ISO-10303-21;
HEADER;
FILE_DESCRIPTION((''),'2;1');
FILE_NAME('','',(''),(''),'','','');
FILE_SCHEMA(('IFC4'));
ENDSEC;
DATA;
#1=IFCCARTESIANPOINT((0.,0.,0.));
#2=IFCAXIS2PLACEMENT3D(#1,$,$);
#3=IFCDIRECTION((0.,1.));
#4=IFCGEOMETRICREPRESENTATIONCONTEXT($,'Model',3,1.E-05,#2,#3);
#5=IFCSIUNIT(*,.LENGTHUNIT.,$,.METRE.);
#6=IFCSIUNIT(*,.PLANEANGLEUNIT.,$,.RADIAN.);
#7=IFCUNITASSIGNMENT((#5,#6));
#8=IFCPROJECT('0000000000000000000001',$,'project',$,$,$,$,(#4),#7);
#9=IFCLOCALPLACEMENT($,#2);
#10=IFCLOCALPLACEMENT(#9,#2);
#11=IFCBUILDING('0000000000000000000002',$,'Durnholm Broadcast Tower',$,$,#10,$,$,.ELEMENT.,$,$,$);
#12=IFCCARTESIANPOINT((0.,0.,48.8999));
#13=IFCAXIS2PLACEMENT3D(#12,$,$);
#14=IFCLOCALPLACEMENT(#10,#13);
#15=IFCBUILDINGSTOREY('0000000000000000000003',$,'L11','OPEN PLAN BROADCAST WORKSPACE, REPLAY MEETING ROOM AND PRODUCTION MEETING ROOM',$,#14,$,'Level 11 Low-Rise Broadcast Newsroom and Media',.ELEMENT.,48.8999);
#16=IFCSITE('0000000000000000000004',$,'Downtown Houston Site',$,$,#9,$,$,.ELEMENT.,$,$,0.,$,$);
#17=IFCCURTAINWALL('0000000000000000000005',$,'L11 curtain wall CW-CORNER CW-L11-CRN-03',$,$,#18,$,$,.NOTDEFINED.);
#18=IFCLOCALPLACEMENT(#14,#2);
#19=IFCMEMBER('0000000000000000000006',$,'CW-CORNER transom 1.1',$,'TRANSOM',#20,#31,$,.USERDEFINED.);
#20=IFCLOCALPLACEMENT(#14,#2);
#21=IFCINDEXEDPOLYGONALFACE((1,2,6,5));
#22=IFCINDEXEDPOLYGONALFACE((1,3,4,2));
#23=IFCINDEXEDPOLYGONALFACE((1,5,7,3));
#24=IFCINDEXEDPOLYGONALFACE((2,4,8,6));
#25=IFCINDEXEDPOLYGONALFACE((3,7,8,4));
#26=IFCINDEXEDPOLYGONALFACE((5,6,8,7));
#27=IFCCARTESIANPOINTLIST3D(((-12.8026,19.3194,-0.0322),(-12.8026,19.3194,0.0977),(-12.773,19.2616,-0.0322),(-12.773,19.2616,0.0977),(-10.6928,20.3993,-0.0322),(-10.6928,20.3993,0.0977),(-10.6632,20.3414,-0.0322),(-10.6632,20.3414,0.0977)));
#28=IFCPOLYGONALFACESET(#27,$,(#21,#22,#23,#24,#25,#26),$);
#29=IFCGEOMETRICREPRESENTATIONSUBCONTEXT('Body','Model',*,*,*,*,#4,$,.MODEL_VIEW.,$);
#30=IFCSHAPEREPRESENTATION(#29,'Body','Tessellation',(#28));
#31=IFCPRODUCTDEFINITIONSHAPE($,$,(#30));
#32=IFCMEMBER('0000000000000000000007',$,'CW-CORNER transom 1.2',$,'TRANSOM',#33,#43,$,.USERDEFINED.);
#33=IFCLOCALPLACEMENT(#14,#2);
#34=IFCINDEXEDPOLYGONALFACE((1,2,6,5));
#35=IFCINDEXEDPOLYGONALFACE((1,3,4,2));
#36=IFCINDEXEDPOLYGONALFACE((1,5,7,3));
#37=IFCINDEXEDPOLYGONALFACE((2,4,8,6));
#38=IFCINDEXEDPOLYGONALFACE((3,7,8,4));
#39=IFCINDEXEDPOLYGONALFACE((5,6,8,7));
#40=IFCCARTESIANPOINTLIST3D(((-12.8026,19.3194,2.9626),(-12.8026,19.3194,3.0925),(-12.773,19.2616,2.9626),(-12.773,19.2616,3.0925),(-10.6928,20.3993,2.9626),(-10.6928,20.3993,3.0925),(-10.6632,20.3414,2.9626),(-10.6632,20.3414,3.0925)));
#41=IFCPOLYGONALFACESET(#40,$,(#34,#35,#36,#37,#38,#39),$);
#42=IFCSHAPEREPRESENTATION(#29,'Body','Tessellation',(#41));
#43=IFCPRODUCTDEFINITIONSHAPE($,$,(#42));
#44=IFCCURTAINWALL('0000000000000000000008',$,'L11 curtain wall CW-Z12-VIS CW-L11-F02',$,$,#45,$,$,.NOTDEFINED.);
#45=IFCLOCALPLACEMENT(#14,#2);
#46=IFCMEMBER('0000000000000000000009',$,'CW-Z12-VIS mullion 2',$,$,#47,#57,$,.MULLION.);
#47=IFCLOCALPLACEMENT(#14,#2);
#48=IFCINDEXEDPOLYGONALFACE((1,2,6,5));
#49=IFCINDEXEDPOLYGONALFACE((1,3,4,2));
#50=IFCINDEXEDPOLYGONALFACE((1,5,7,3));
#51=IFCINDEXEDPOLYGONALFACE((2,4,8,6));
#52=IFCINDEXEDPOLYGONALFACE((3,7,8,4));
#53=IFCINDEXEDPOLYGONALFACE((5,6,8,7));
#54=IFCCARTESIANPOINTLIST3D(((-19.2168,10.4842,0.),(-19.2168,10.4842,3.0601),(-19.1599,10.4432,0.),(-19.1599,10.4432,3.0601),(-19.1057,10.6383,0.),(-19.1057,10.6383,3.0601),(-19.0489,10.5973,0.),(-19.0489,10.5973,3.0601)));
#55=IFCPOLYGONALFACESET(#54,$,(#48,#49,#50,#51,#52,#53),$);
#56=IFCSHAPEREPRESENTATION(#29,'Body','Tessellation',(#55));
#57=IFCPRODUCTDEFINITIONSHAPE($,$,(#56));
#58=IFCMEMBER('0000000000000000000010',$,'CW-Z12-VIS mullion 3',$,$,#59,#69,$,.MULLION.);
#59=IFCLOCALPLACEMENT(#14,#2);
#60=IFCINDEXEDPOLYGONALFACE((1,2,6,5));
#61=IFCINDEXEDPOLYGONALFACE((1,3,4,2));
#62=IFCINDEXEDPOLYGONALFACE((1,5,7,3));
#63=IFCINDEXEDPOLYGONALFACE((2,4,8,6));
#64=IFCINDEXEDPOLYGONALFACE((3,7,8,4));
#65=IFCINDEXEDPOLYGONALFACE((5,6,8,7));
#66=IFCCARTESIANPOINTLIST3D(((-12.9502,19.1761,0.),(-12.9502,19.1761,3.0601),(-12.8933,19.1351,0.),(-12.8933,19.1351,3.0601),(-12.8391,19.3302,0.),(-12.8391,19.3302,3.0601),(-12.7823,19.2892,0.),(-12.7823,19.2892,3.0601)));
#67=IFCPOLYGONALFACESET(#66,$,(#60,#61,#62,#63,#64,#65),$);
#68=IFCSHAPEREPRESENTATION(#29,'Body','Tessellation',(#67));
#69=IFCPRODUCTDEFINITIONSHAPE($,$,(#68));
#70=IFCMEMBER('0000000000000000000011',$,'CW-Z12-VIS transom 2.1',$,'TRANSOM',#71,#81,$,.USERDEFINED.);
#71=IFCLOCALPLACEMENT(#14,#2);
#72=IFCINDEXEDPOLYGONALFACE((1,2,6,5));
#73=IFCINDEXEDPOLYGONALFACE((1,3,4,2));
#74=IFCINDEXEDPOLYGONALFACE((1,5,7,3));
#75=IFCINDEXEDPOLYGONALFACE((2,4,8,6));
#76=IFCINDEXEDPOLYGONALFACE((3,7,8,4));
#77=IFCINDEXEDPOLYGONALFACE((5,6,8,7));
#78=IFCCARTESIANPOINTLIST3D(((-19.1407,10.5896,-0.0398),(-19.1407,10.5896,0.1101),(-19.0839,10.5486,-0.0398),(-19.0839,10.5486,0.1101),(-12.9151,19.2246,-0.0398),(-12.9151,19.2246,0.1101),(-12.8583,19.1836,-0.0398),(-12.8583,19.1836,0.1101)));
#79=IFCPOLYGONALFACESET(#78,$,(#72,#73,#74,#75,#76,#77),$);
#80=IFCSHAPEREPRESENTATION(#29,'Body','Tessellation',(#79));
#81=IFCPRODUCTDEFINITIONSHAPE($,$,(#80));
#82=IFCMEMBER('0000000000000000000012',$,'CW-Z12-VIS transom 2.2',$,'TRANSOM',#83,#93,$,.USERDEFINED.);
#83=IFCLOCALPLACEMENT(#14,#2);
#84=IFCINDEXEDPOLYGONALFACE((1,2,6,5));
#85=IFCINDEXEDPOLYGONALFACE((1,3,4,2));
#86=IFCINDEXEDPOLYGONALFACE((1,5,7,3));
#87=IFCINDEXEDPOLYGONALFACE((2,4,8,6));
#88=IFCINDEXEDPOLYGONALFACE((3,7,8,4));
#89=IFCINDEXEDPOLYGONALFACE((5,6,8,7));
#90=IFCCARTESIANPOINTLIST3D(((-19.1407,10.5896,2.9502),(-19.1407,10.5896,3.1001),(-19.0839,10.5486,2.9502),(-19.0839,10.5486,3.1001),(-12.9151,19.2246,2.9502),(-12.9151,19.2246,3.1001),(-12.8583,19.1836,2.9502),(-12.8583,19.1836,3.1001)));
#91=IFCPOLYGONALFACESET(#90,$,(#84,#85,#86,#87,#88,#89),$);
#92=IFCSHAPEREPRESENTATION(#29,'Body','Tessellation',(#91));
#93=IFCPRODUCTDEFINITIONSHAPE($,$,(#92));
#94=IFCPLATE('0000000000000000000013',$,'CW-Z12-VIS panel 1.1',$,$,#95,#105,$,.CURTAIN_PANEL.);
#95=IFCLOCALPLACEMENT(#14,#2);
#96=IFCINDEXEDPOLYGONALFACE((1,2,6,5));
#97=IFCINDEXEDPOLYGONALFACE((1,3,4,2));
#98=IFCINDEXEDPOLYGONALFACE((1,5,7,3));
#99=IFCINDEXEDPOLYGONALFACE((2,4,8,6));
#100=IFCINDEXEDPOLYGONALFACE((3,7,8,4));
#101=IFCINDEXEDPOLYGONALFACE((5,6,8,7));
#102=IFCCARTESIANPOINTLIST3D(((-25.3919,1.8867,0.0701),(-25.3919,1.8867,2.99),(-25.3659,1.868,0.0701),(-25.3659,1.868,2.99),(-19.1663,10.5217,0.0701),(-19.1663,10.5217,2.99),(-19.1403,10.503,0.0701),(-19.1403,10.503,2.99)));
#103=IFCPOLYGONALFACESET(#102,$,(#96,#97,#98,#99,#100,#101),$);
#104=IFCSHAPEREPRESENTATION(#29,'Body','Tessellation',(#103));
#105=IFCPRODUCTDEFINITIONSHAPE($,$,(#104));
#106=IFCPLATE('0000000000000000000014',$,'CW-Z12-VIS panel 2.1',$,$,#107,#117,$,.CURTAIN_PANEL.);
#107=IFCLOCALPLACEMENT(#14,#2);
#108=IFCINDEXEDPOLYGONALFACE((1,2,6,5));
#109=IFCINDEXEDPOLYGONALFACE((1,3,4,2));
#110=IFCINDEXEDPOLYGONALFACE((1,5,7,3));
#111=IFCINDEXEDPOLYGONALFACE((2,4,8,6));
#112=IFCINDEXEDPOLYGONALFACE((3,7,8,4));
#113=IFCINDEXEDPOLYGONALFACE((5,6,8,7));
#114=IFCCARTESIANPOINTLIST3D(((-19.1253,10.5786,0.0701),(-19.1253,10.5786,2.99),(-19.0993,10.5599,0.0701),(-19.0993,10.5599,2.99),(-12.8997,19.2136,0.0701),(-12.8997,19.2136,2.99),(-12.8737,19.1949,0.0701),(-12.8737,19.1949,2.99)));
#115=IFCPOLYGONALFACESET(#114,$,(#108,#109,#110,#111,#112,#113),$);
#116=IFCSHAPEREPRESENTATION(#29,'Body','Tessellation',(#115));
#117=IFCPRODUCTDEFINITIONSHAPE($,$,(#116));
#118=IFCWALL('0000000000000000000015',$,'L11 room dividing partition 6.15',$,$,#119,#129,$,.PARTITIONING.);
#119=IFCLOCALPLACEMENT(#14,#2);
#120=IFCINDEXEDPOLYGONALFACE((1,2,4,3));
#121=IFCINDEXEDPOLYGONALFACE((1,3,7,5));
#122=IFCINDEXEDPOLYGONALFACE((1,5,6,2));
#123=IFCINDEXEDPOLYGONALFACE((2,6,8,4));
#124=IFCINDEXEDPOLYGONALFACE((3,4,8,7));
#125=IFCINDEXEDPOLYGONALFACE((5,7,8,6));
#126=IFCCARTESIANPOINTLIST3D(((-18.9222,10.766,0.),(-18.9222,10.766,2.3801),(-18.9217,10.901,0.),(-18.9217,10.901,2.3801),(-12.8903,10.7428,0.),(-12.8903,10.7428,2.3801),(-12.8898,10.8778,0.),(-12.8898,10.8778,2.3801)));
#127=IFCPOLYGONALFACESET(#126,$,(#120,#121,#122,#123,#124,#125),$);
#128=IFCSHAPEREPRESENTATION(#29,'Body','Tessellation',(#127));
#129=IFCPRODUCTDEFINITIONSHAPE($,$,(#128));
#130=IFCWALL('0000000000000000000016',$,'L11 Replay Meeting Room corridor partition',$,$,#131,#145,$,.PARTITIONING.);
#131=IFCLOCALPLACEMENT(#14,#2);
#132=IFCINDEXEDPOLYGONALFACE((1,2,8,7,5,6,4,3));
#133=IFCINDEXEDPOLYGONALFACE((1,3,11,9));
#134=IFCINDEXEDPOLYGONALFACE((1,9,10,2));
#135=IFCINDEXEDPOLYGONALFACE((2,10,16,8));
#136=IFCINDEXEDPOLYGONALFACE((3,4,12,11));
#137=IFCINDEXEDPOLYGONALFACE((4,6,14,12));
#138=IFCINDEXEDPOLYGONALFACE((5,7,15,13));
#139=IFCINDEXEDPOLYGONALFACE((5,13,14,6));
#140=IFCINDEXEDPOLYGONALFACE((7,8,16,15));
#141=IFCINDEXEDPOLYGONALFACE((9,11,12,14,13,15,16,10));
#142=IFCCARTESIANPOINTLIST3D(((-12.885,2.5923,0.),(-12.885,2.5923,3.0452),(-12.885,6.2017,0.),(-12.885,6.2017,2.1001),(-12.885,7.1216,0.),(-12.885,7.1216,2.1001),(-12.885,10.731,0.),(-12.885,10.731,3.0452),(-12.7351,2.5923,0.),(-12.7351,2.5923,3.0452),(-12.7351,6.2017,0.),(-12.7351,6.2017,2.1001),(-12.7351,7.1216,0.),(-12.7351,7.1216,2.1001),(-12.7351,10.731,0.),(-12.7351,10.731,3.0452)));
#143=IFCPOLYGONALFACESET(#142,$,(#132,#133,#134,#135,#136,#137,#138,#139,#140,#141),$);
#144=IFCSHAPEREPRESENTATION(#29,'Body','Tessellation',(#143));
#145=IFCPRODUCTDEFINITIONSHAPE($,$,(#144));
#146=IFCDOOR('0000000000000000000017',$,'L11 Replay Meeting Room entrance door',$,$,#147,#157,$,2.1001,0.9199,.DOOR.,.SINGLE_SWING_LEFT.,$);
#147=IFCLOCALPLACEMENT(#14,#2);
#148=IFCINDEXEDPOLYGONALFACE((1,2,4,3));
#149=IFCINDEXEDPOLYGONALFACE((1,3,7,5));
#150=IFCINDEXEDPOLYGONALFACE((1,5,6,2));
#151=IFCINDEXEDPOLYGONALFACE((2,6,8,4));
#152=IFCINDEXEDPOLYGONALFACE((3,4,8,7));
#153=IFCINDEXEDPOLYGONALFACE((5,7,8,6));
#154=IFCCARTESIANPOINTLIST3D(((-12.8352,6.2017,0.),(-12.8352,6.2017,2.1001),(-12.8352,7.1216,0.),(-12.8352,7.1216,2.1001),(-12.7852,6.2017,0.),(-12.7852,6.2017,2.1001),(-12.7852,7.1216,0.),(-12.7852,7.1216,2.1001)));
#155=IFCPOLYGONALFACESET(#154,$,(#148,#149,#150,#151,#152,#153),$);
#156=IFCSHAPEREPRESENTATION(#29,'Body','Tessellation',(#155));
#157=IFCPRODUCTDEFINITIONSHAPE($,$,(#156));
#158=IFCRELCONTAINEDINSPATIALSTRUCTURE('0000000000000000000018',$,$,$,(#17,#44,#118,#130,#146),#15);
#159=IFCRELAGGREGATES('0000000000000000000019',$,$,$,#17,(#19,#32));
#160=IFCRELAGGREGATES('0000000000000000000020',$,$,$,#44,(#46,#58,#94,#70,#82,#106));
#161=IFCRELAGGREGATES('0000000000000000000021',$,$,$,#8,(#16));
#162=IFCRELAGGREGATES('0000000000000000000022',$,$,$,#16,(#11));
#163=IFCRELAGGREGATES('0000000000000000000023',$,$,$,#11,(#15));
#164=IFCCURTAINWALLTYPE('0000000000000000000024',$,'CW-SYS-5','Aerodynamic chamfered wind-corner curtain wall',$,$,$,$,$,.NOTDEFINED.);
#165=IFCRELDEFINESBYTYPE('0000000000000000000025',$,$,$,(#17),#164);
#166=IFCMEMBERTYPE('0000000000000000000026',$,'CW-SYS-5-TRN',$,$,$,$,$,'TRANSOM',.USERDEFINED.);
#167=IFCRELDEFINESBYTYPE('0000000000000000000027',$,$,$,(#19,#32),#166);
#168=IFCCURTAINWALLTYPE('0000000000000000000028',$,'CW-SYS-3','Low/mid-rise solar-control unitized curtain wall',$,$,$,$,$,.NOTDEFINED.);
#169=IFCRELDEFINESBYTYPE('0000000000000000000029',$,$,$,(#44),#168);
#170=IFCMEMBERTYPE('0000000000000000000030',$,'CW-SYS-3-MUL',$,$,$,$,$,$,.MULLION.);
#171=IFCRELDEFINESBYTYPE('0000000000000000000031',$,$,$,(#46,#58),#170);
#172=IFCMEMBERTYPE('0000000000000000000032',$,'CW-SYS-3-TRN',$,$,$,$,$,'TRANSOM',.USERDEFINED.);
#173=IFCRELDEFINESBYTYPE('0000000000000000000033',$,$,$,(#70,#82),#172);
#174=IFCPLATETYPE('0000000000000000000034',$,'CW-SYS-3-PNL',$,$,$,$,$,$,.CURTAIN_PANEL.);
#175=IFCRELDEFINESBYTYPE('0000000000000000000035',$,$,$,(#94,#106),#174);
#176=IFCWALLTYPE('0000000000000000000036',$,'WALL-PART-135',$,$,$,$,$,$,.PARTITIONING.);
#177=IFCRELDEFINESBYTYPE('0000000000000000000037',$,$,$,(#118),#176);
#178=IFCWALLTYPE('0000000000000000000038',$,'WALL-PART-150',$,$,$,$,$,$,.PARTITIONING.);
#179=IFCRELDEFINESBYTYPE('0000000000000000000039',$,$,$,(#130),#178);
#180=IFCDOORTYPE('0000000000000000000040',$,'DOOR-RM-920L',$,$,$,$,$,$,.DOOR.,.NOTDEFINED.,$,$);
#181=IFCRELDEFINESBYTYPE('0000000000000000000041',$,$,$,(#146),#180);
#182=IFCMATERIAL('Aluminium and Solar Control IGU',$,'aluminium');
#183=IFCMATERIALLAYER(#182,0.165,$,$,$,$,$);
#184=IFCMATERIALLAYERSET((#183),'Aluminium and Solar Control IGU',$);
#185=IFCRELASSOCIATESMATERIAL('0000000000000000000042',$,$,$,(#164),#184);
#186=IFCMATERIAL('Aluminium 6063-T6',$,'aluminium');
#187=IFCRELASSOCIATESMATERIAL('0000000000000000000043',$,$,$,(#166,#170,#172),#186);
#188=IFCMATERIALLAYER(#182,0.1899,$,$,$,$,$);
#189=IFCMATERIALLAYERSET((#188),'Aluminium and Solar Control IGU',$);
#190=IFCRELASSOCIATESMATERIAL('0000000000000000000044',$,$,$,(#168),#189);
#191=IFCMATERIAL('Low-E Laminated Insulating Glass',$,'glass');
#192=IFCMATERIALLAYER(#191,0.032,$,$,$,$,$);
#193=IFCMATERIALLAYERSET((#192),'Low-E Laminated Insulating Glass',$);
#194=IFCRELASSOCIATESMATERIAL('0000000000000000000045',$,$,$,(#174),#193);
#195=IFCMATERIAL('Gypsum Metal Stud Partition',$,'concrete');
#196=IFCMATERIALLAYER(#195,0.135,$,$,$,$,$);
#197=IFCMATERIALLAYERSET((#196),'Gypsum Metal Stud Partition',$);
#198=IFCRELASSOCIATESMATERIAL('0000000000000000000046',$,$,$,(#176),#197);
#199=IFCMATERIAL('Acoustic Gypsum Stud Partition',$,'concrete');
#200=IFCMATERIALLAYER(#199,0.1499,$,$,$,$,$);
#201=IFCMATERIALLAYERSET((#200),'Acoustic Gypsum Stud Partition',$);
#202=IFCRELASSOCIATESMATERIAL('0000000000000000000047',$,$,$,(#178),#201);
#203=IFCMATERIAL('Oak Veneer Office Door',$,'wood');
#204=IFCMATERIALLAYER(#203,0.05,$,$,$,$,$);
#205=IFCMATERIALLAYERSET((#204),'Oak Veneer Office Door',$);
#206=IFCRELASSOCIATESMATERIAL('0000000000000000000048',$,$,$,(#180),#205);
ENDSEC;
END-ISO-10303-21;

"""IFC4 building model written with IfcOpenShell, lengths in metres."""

from ifc_helpers import new_model, si_unit, direction, frame, frame_2d, origin, origin_2d, place, context, subcontext, project, spatial, rectangle, extrude, source, transform, mapped, material, layer, layer_set, material_profile, profile_set, type_object, type_shapes, element, fill, aggregate, save


model = new_model("IFC4")

# Units and contexts
model_context = context("Model", 3, precision=1e-05, world=origin(), true_north=direction((0.0, 1.0)))
body_context = subcontext(model_context, "Body", "Model", "MODEL_VIEW")
ifc_project = project(units=[si_unit("LENGTHUNIT", "METRE"), si_unit("PLANEANGLEUNIT", "RADIAN")], contexts=[model_context])

# Site, building, storey
site_placement = place(None, origin())
site = spatial("IfcSite", under=ifc_project, at=site_placement, Name="Downtown Houston Site", CompositionType="ELEMENT", RefElevation=0.0)
building_placement = place(site_placement, origin())
building = spatial("IfcBuilding", under=site, at=building_placement, Name="Durnholm Broadcast Tower", CompositionType="ELEMENT")
storey_placement = place(building_placement, frame((0.0, 0.0, 48.8999)))
storey = spatial("IfcBuildingStorey", under=building, at=storey_placement, Name="L11", Description="OPEN PLAN BROADCAST WORKSPACE, REPLAY MEETING ROOM AND PRODUCTION MEETING ROOM", LongName="Level 11 Low-Rise Broadcast Newsroom and Media", CompositionType="ELEMENT", Elevation=48.8999)

# Curtain wall, members
ifc_material_1 = material(Name="Aluminium and Solar Control IGU", Category="aluminium")
ifc_layer_1 = layer(ifc_material_1, 0.165)
ifc_layer_set_1 = layer_set([ifc_layer_1], Name="Aluminium and Solar Control IGU")
curtain_wall_type_1 = type_object("IfcCurtainWallType", Name="CW-SYS-5", Description="Aerodynamic chamfered wind-corner curtain wall", PredefinedType="NOTDEFINED", material=ifc_layer_set_1)
curtain_wall_1_placement = place(storey_placement, origin())
curtain_wall_1 = element("IfcCurtainWall", 1, at=curtain_wall_1_placement, inside=storey, type_object=curtain_wall_type_1, Name="L11 curtain wall CW-CORNER CW-L11-CRN-03", PredefinedType="NOTDEFINED")
ifc_material_2 = material(Name="Aluminium 6063-T6", Category="aluminium")
ifc_material_profile_1 = material_profile(ifc_material_2, rectangle(XDim=0.0649, YDim=0.1299, at=origin_2d()), Name="CWT65X130")
ifc_profile_set_1 = profile_set([ifc_material_profile_1], Name="Aluminium 6063-T6")
member_type_1 = type_object("IfcMemberType", Name="CW-SYS-5-TRN", ElementType="TRANSOM", PredefinedType="USERDEFINED", material=ifc_profile_set_1)
shared_shape_1 = source(origin(), body_context, "Body", "SweptSolid", [
    extrude(rectangle(XDim=0.0649, YDim=0.1299, at=origin_2d()), origin(), (0.0, 0.0, 1.0), 2.3701),
])
type_shapes(member_type_1, [shared_shape_1])
member_1_placement = place(storey_placement, frame((-12.7878, 19.2905, 0.0327), z_axis=(0.890185, 0.455599, 0.0), x_axis=(-0.455599, 0.890185, 0.0)))
member_1 = element("IfcMember", 2, at=member_1_placement, type_object=member_type_1, Name="CW-CORNER transom 1.1", ObjectType="TRANSOM", PredefinedType="USERDEFINED", context=body_context, shape_type="MappedRepresentation", body=[
    mapped(shared_shape_1, transform((0.0, 0.0, 0.0), x_axis=(1.0, 0.0, 0.0), y_axis=(0.0, 1.0, 0.0), z_axis=(0.0, 0.0, 1.0), scale=1.0)),
])
member_2_placement = place(storey_placement, frame((-12.7878, 19.2905, 3.0276), z_axis=(0.890185, 0.455599, 0.0), x_axis=(-0.455599, 0.890185, 0.0)))
member_2 = element("IfcMember", 3, at=member_2_placement, type_object=member_type_1, Name="CW-CORNER transom 1.2", ObjectType="TRANSOM", PredefinedType="USERDEFINED", context=body_context, shape_type="MappedRepresentation", body=[
    mapped(shared_shape_1, transform((0.0, 0.0, 0.0), x_axis=(1.0, 0.0, 0.0), y_axis=(0.0, 1.0, 0.0), z_axis=(0.0, 0.0, 1.0), scale=1.0)),
])
aggregate(curtain_wall_1, [member_1, member_2])

# Curtain wall, members, plates
ifc_layer_2 = layer(ifc_material_1, 0.1899)
ifc_layer_set_2 = layer_set([ifc_layer_2], Name="Aluminium and Solar Control IGU")
curtain_wall_type_2 = type_object("IfcCurtainWallType", Name="CW-SYS-3", Description="Low/mid-rise solar-control unitized curtain wall", PredefinedType="NOTDEFINED", material=ifc_layer_set_2)
curtain_wall_2_placement = place(storey_placement, origin())
curtain_wall_2 = element("IfcCurtainWall", 4, at=curtain_wall_2_placement, inside=storey, type_object=curtain_wall_type_2, Name="L11 curtain wall CW-Z12-VIS CW-L11-F02", PredefinedType="NOTDEFINED")
ifc_material_profile_2 = material_profile(ifc_material_2, rectangle(XDim=0.0701, YDim=0.1899, at=origin_2d()), Name="CWM70X190")
ifc_profile_set_2 = profile_set([ifc_material_profile_2], Name="Aluminium 6063-T6")
member_type_2 = type_object("IfcMemberType", Name="CW-SYS-3-MUL", PredefinedType="MULLION", material=ifc_profile_set_2)
shared_shape_2 = source(origin(), body_context, "Body", "SweptSolid", [
    extrude(rectangle(XDim=0.0701, YDim=0.1899, at=origin_2d()), origin(), (0.0, 0.0, 1.0), 3.0601),
])
type_shapes(member_type_2, [shared_shape_2])
member_3_placement = place(storey_placement, frame((-19.1328, 10.5408, 0.0), z_axis=(0.0, 0.0, 1.0), x_axis=(-0.811161, 0.584823, 0.0)))
member_3 = element("IfcMember", 5, at=member_3_placement, type_object=member_type_2, Name="CW-Z12-VIS mullion 2", PredefinedType="MULLION", context=body_context, shape_type="MappedRepresentation", body=[
    mapped(shared_shape_2, transform((0.0, 0.0, 0.0), x_axis=(1.0, 0.0, 0.0), y_axis=(0.0, 1.0, 0.0), z_axis=(0.0, 0.0, 1.0), scale=1.0)),
])
member_4_placement = place(storey_placement, frame((-12.8662, 19.2327, 0.0), z_axis=(0.0, 0.0, 1.0), x_axis=(-0.811161, 0.584823, 0.0)))
member_4 = element("IfcMember", 6, at=member_4_placement, type_object=member_type_2, Name="CW-Z12-VIS mullion 3", PredefinedType="MULLION", context=body_context, shape_type="MappedRepresentation", body=[
    mapped(shared_shape_2, transform((0.0, 0.0, 0.0), x_axis=(1.0, 0.0, 0.0), y_axis=(0.0, 1.0, 0.0), z_axis=(0.0, 0.0, 1.0), scale=1.0)),
])
ifc_material_profile_3 = material_profile(ifc_material_2, rectangle(XDim=0.0701, YDim=0.1499, at=origin_2d()), Name="CWT70X150")
ifc_profile_set_3 = profile_set([ifc_material_profile_3], Name="Aluminium 6063-T6")
member_type_3 = type_object("IfcMemberType", Name="CW-SYS-3-TRN", ElementType="TRANSOM", PredefinedType="USERDEFINED", material=ifc_profile_set_3)
shared_shape_3 = source(origin(), body_context, "Body", "SweptSolid", [
    extrude(rectangle(XDim=0.0701, YDim=0.1499, at=origin_2d()), origin(), (0.0, 0.0, 1.0), 10.6453),
])
type_shapes(member_type_3, [shared_shape_3])
member_5_placement = place(storey_placement, frame((-19.1123, 10.5691, 0.0352), z_axis=(0.584823, 0.811161, 0.0), x_axis=(-0.811161, 0.584823, 0.0)))
member_5 = element("IfcMember", 7, at=member_5_placement, type_object=member_type_3, Name="CW-Z12-VIS transom 2.1", ObjectType="TRANSOM", PredefinedType="USERDEFINED", context=body_context, shape_type="MappedRepresentation", body=[
    mapped(shared_shape_3, transform((0.0, 0.0, 0.0), x_axis=(1.0, 0.0, 0.0), y_axis=(0.0, 1.0, 0.0), z_axis=(0.0, 0.0, 1.0), scale=1.0)),
])
member_6_placement = place(storey_placement, frame((-19.1123, 10.5691, 3.0251), z_axis=(0.584823, 0.811161, 0.0), x_axis=(-0.811161, 0.584823, 0.0)))
member_6 = element("IfcMember", 8, at=member_6_placement, type_object=member_type_3, Name="CW-Z12-VIS transom 2.2", ObjectType="TRANSOM", PredefinedType="USERDEFINED", context=body_context, shape_type="MappedRepresentation", body=[
    mapped(shared_shape_3, transform((0.0, 0.0, 0.0), x_axis=(1.0, 0.0, 0.0), y_axis=(0.0, 1.0, 0.0), z_axis=(0.0, 0.0, 1.0), scale=1.0)),
])
ifc_material_3 = material(Name="Low-E Laminated Insulating Glass", Category="glass")
ifc_layer_3 = layer(ifc_material_3, 0.032)
ifc_layer_set_3 = layer_set([ifc_layer_3], Name="Low-E Laminated Insulating Glass")
plate_type = type_object("IfcPlateType", Name="CW-SYS-3-PNL", PredefinedType="CURTAIN_PANEL", material=ifc_layer_set_3)
shared_shape_4 = source(origin(), body_context, "Body", "SweptSolid", [
    extrude(rectangle(XDim=10.6453, YDim=0.032, at=origin_2d()), origin(), (0.0, 0.0, 1.0), 2.9199),
])
type_shapes(plate_type, [shared_shape_4])
plate_1_placement = place(storey_placement, frame((-22.2661, 6.1948, 0.0701), z_axis=(0.0, 0.0, 1.0), x_axis=(0.584823, 0.811161, 0.0)))
plate_1 = element("IfcPlate", 9, at=plate_1_placement, type_object=plate_type, Name="CW-Z12-VIS panel 1.1", PredefinedType="CURTAIN_PANEL", context=body_context, shape_type="MappedRepresentation", body=[
    mapped(shared_shape_4, transform((0.0, 0.0, 0.0), x_axis=(1.0, 0.0, 0.0), y_axis=(0.0, 1.0, 0.0), z_axis=(0.0, 0.0, 1.0), scale=1.0)),
])
plate_2_placement = place(storey_placement, frame((-15.9995, 14.8867, 0.0701), z_axis=(0.0, 0.0, 1.0), x_axis=(0.584823, 0.811161, 0.0)))
plate_2 = element("IfcPlate", 10, at=plate_2_placement, type_object=plate_type, Name="CW-Z12-VIS panel 2.1", PredefinedType="CURTAIN_PANEL", context=body_context, shape_type="MappedRepresentation", body=[
    mapped(shared_shape_4, transform((0.0, 0.0, 0.0), x_axis=(1.0, 0.0, 0.0), y_axis=(0.0, 1.0, 0.0), z_axis=(0.0, 0.0, 1.0), scale=1.0)),
])
aggregate(curtain_wall_2, [member_3, member_4, plate_1, member_5, member_6, plate_2])

# Wall
ifc_material_4 = material(Name="Gypsum Metal Stud Partition", Category="concrete")
ifc_layer_4 = layer(ifc_material_4, 0.135)
ifc_layer_set_4 = layer_set([ifc_layer_4], Name="Gypsum Metal Stud Partition")
wall_type_1 = type_object("IfcWallType", Name="WALL-PART-135", PredefinedType="PARTITIONING", material=ifc_layer_set_4)
wall_1_placement = place(storey_placement, frame((-12.8899, 10.8103, 0.0), z_axis=(0.0, 0.0, 1.0), x_axis=(-0.999993, 0.003845, 0.0)))
element("IfcWall", 11, at=wall_1_placement, inside=storey, type_object=wall_type_1, Name="L11 room dividing partition 6.15", PredefinedType="PARTITIONING", context=body_context, shape_type="SweptSolid", body=[
    extrude(rectangle(XDim=6.032, YDim=0.135, at=frame_2d((3.0161, 0.0))), origin(), (0.0, 0.0, 1.0), 2.3801),
])

# Wall, opening, door
ifc_material_5 = material(Name="Acoustic Gypsum Stud Partition", Category="concrete")
ifc_layer_5 = layer(ifc_material_5, 0.1499)
ifc_layer_set_5 = layer_set([ifc_layer_5], Name="Acoustic Gypsum Stud Partition")
wall_type_2 = type_object("IfcWallType", Name="WALL-PART-150", PredefinedType="PARTITIONING", material=ifc_layer_set_5)
wall_2_placement = place(storey_placement, frame((-12.8101, 10.731, 0.0), z_axis=(0.0, 0.0, 1.0), x_axis=(0.0, -1.0, 0.0)))
wall_2 = element("IfcWall", 12, at=wall_2_placement, inside=storey, type_object=wall_type_2, Name="L11 Replay Meeting Room corridor partition", PredefinedType="PARTITIONING", context=body_context, shape_type="SweptSolid", body=[
    extrude(rectangle(XDim=8.1387, YDim=0.1499, at=frame_2d((4.0693, 0.0))), origin(), (0.0, 0.0, 1.0), 3.0452),
])
opening_placement = place(wall_2_placement, frame((3.6094, 0.0, 0.0)))
opening = element("IfcOpeningElement", 13, at=opening_placement, cuts=wall_2, PredefinedType="OPENING", context=body_context, shape_type="SweptSolid", body=[
    extrude(rectangle(XDim=0.9199, YDim=2.1001, at=frame_2d((0.46, 1.05))), frame((0.0, 0.085, 0.0), z_axis=(0.0, -1.0, 0.0), x_axis=(1.0, 0.0, 0.0)), (0.0, 0.0, 1.0), 0.1699),
])
ifc_material_6 = material(Name="Oak Veneer Office Door", Category="wood")
ifc_layer_6 = layer(ifc_material_6, 0.05)
ifc_layer_set_6 = layer_set([ifc_layer_6], Name="Oak Veneer Office Door")
door_type = type_object("IfcDoorType", Name="DOOR-RM-920L", OperationType="NOTDEFINED", PredefinedType="DOOR", material=ifc_layer_set_6)
shared_shape_5 = source(origin(), body_context, "Body", "SweptSolid", [
    extrude(rectangle(XDim=0.9199, YDim=2.1001, at=frame_2d((0.46, 1.05))), frame((0.0, 0.0249, 0.0), z_axis=(0.0, -1.0, 0.0), x_axis=(1.0, 0.0, 0.0)), (0.0, 0.0, 1.0), 0.05),
])
type_shapes(door_type, [shared_shape_5])
door_placement = place(opening_placement, origin())
door = element("IfcDoor", 14, at=door_placement, inside=storey, type_object=door_type, Name="L11 Replay Meeting Room entrance door", OperationType="SINGLE_SWING_LEFT", OverallHeight=2.1001, OverallWidth=0.9199, PredefinedType="DOOR", context=body_context, shape_type="MappedRepresentation", body=[
    mapped(shared_shape_5, transform((0.0, 0.0, 0.0), x_axis=(1.0, 0.0, 0.0), y_axis=(0.0, 1.0, 0.0), z_axis=(0.0, 0.0, 1.0), scale=1.0)),
])
fill(opening, door)

save(model, "model.ifc")
